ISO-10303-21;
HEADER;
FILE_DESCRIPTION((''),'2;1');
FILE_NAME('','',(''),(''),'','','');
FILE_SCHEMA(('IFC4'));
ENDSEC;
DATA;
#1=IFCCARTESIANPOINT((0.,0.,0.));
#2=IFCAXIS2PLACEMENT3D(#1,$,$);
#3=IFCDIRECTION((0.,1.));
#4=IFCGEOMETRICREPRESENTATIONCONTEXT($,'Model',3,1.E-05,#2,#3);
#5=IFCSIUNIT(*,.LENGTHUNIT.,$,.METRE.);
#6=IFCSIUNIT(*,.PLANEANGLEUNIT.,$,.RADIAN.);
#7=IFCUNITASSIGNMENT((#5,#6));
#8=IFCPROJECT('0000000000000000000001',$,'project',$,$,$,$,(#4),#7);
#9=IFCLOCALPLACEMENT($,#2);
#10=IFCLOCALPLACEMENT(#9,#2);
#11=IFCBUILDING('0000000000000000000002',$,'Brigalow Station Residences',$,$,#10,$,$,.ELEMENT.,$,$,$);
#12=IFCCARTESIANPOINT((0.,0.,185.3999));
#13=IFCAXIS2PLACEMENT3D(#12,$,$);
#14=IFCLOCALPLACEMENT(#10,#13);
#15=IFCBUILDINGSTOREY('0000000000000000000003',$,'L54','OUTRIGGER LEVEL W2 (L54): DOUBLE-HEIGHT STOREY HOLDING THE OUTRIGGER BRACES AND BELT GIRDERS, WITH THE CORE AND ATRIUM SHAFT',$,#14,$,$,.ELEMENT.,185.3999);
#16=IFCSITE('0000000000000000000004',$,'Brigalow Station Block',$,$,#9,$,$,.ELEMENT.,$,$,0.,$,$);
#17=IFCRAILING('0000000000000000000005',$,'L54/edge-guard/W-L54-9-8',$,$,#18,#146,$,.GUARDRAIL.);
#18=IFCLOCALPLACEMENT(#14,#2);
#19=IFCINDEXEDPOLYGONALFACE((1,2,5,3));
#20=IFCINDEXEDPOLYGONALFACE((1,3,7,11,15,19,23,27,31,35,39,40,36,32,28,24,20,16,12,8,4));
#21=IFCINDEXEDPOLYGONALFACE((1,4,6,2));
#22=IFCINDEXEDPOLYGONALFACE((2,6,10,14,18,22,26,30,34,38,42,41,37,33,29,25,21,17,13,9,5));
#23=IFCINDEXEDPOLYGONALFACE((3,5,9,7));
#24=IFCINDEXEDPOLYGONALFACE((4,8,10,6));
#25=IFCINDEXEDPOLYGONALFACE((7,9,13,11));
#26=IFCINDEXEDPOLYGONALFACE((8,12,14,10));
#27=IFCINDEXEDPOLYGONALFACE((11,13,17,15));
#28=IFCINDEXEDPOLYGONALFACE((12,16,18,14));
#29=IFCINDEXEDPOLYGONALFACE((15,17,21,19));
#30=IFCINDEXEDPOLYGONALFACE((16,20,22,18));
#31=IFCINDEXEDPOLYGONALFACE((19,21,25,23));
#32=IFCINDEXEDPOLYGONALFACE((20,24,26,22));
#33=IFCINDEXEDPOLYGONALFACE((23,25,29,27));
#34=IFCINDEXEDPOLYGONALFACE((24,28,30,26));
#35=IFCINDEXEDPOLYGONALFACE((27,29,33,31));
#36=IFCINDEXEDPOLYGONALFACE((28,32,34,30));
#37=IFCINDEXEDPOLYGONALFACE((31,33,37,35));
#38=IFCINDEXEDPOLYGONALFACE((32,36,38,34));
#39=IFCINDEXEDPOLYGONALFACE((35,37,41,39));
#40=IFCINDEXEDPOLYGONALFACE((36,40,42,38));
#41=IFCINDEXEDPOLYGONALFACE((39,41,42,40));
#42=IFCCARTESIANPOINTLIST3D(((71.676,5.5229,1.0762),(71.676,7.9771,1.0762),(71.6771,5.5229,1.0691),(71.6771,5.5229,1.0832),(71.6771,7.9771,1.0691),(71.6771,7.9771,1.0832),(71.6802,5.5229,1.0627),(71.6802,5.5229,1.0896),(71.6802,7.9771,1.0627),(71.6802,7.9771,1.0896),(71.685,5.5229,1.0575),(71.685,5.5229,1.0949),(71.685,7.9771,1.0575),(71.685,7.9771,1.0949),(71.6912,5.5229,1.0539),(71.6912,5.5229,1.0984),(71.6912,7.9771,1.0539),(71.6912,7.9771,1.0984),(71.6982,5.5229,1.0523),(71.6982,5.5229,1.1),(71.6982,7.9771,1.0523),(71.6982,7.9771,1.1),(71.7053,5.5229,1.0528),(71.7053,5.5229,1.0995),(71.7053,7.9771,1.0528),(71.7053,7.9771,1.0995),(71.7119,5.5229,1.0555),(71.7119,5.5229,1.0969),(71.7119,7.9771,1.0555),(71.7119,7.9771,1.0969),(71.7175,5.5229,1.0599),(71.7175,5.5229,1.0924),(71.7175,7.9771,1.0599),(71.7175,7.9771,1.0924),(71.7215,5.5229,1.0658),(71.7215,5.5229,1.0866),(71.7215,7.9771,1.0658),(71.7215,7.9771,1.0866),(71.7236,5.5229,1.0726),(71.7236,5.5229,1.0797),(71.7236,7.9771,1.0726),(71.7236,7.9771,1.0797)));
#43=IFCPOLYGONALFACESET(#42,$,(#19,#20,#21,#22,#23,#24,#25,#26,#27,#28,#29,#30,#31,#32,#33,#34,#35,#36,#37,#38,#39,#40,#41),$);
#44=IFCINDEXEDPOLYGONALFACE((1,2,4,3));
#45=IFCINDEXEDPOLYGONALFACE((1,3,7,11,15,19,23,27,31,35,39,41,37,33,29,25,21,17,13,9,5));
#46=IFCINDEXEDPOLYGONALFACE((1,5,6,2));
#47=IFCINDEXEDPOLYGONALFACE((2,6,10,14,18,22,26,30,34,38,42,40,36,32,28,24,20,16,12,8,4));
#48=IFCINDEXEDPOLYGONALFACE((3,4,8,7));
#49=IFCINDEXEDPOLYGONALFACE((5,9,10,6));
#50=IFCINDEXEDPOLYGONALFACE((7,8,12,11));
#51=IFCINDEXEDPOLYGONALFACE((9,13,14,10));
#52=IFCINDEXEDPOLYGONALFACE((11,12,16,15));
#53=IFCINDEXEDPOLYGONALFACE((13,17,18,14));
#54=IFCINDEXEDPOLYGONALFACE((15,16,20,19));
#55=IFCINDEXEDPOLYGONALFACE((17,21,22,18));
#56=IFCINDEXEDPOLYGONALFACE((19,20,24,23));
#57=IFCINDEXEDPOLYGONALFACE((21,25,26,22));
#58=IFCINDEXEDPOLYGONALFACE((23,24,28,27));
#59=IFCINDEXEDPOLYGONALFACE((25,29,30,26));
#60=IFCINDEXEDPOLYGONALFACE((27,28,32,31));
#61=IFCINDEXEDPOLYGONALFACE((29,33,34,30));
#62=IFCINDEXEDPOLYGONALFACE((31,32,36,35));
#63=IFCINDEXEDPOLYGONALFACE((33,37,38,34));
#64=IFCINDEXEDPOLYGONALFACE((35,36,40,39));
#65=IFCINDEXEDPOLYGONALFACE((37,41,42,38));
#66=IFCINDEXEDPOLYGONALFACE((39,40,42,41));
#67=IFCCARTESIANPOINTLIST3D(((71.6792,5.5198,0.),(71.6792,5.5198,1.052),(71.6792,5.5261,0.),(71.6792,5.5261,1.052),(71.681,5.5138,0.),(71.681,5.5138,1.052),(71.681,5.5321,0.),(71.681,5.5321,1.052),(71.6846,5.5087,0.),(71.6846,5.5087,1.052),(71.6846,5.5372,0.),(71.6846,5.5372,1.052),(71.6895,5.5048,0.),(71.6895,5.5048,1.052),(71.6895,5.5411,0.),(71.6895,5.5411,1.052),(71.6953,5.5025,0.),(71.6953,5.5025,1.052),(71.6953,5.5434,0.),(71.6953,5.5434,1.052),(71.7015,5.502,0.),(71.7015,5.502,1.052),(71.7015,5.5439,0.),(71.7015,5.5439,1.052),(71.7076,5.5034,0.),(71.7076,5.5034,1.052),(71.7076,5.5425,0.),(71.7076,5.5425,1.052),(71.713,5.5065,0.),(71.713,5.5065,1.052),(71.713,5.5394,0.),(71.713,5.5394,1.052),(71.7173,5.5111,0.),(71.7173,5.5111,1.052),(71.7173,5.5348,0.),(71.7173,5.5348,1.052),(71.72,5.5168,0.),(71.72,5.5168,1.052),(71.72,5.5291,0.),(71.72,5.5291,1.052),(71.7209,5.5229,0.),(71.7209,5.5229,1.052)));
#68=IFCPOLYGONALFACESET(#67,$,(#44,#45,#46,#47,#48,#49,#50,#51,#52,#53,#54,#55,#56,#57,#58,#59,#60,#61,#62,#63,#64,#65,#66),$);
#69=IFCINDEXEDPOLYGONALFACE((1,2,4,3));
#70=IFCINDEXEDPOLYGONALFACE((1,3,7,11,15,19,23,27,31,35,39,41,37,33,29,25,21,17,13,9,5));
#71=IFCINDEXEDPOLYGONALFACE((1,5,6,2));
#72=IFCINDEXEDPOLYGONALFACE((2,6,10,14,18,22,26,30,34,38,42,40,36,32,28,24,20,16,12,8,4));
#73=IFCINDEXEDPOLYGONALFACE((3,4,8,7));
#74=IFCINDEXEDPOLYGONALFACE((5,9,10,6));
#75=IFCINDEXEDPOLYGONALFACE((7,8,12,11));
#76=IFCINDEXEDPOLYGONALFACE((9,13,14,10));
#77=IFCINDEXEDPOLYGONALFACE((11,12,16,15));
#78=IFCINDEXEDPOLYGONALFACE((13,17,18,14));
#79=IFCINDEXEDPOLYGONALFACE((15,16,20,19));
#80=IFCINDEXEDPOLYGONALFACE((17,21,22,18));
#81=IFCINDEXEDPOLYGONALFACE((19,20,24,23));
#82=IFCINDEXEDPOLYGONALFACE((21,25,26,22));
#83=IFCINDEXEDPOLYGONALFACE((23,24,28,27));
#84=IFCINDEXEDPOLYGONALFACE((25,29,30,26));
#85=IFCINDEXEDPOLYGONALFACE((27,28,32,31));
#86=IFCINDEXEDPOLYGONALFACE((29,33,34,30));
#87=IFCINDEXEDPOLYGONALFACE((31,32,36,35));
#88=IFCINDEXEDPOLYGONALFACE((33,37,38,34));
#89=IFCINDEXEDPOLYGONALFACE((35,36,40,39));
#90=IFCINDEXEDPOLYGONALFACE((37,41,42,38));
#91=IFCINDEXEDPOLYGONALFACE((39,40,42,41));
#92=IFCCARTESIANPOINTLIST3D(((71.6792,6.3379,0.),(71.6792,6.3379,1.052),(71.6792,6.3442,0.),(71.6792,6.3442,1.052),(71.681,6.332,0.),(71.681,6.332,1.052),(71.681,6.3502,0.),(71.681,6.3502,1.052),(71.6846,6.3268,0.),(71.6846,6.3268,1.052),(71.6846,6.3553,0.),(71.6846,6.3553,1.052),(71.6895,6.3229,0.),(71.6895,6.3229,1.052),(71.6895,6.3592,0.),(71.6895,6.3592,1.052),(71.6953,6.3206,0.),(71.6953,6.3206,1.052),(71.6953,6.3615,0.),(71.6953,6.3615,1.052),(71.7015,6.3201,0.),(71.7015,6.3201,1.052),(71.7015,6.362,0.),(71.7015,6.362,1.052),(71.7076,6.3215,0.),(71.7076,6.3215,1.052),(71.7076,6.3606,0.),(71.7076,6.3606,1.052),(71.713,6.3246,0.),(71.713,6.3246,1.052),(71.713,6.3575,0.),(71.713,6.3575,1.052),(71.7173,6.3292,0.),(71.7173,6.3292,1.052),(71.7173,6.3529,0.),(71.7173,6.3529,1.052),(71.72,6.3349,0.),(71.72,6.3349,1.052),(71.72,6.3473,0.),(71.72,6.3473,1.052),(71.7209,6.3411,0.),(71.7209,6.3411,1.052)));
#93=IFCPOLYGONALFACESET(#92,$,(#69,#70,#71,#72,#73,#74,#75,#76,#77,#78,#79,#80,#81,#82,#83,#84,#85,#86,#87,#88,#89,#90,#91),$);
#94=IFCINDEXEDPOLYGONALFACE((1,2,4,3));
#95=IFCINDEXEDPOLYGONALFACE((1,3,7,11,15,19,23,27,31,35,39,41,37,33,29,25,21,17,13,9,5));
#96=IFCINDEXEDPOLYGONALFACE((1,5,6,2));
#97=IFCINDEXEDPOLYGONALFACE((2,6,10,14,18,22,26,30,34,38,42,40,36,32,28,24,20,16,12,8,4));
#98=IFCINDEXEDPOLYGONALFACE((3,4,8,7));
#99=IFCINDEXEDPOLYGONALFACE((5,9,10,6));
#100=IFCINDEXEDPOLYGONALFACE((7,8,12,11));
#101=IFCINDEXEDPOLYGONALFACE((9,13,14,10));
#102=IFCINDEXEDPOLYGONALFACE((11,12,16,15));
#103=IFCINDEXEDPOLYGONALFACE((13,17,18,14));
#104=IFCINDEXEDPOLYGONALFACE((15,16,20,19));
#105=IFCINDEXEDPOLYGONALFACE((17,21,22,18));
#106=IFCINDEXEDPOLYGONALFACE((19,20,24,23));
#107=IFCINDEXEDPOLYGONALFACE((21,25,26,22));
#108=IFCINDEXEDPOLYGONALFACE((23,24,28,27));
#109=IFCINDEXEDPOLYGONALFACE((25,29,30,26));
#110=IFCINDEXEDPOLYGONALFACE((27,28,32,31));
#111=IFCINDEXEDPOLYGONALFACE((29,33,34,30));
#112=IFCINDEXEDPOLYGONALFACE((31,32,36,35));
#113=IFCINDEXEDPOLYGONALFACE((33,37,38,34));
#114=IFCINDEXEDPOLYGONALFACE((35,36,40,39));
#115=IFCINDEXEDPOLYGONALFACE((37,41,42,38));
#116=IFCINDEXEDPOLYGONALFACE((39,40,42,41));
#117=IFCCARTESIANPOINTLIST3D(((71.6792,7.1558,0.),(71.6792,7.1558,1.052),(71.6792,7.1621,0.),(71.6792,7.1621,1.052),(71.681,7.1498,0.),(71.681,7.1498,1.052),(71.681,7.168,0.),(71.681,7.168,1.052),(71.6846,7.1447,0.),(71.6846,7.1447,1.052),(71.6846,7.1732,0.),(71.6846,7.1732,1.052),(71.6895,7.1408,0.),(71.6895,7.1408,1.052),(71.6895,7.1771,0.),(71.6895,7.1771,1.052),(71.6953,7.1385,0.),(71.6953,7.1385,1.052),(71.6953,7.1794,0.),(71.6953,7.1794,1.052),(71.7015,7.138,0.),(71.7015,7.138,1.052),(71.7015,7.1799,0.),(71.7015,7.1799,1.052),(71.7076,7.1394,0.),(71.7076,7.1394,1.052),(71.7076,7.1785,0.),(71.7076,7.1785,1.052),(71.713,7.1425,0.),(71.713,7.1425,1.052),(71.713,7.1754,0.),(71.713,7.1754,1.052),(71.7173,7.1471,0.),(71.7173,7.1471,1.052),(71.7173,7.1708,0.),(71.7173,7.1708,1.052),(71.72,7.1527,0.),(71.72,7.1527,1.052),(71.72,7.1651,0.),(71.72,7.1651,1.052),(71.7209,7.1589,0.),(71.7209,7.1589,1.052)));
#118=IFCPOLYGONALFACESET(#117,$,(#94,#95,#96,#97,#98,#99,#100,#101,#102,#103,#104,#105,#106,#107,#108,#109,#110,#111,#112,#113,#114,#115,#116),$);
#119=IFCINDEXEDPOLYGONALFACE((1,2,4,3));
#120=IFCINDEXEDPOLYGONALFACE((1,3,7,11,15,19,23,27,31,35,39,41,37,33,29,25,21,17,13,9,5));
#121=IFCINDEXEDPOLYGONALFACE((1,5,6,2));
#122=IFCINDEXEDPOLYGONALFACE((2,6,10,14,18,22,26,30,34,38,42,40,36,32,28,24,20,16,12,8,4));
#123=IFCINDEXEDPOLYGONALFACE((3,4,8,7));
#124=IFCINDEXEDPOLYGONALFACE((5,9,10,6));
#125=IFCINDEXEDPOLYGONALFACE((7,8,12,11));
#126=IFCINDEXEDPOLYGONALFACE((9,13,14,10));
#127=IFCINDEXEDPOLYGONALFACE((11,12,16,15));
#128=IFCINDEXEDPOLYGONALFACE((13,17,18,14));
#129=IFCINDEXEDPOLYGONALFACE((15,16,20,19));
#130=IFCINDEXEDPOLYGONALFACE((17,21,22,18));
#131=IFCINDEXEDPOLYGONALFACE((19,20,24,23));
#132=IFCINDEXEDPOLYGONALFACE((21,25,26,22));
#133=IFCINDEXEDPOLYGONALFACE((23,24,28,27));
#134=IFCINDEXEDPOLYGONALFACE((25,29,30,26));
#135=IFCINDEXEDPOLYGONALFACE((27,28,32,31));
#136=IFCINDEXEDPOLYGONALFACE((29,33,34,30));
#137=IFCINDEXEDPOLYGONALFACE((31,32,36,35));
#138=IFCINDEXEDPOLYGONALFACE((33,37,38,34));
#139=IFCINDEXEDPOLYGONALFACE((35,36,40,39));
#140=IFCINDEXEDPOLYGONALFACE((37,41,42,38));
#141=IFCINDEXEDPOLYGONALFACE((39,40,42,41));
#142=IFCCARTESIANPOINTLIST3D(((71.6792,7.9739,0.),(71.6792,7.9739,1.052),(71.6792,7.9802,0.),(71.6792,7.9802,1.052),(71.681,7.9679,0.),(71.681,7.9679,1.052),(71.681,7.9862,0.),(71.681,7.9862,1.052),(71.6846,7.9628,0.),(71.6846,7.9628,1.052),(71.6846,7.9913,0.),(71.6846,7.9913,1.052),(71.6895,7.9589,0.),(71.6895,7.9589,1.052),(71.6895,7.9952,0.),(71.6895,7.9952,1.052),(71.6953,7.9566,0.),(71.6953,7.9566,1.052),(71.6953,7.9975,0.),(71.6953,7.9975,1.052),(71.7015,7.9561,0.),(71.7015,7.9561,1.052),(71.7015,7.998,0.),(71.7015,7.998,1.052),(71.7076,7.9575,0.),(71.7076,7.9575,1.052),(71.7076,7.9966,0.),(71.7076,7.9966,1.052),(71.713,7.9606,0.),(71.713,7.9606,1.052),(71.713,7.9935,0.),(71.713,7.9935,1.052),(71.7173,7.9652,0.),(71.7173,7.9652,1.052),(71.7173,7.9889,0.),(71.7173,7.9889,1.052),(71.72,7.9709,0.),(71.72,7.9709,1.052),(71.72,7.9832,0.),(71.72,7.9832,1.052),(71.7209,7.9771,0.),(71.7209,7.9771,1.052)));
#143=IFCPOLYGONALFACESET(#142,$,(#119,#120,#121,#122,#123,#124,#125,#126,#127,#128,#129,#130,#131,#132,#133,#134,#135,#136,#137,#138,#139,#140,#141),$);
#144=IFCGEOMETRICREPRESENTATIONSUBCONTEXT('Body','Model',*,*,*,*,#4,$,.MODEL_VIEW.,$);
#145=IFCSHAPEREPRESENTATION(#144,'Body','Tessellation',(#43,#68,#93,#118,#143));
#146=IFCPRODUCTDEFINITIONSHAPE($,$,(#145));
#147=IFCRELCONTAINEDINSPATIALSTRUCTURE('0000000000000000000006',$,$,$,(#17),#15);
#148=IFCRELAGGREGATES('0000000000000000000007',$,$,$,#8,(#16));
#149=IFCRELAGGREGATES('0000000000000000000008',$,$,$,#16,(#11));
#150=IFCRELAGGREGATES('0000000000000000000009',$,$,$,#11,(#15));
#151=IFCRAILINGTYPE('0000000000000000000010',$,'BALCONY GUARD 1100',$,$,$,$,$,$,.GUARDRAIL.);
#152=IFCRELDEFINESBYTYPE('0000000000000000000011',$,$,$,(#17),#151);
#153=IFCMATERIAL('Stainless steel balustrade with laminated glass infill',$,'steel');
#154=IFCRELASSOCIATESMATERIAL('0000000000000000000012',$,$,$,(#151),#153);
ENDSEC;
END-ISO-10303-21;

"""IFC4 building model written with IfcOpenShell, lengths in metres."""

from ifc_helpers import new_model, si_unit, direction, frame, origin, origin_2d, place, context, subcontext, project, spatial, circle, extrude, material, type_object, element, save


model = new_model("IFC4")

# Units and contexts
model_context = context("Model", 3, precision=1e-05, world=origin(), true_north=direction((0.0, 1.0)))
body_context = subcontext(model_context, "Body", "Model", "MODEL_VIEW")
ifc_project = project(units=[si_unit("LENGTHUNIT", "METRE"), si_unit("PLANEANGLEUNIT", "RADIAN")], contexts=[model_context])

# Site, building, storey
site_placement = place(None, origin())
site = spatial("IfcSite", under=ifc_project, at=site_placement, Name="Brigalow Station Block", CompositionType="ELEMENT", RefElevation=0.0)
building_placement = place(site_placement, origin())
building = spatial("IfcBuilding", under=site, at=building_placement, Name="Brigalow Station Residences", CompositionType="ELEMENT")
storey_placement = place(building_placement, frame((0.0, 0.0, 185.3999)))
storey = spatial("IfcBuildingStorey", under=building, at=storey_placement, Name="L54", Description="OUTRIGGER LEVEL W2 (L54): DOUBLE-HEIGHT STOREY HOLDING THE OUTRIGGER BRACES AND BELT GIRDERS, WITH THE CORE AND ATRIUM SHAFT", CompositionType="ELEMENT", Elevation=185.3999)

# Railing
ifc_material_1 = material(Name="Stainless steel balustrade with laminated glass infill", Category="steel")
railing_type = type_object("IfcRailingType", Name="BALCONY GUARD 1100", PredefinedType="GUARDRAIL", material=ifc_material_1)
railing_1_placement = place(storey_placement, frame((71.7, 5.5229, 0.0)))
element("IfcRailing", 1, at=railing_1_placement, inside=storey, type_object=railing_type, Name="L54/edge-guard/W-L54-9-8", PredefinedType="GUARDRAIL", context=body_context, shape_type="SweptSolid", body=[
    extrude(circle(Radius=0.0239, at=origin_2d()), frame((0.0, 0.0, 1.0762), z_axis=(0.0, 1.0, 0.0), x_axis=(-1.0, 0.0, 0.0)), (0.0, 0.0, 1.0), 2.4541),
    extrude(circle(Radius=0.021, at=origin_2d()), origin(), (0.0, 0.0, 1.0), 1.052),
    extrude(circle(Radius=0.021, at=origin_2d()), frame((0.0, 0.8181, 0.0)), (0.0, 0.0, 1.0), 1.052),
    extrude(circle(Radius=0.021, at=origin_2d()), frame((0.0, 1.636, 0.0)), (0.0, 0.0, 1.0), 1.052),
    extrude(circle(Radius=0.021, at=origin_2d()), frame((0.0, 2.4541, 0.0)), (0.0, 0.0, 1.0), 1.052),
])

save(model, "model.ifc")
